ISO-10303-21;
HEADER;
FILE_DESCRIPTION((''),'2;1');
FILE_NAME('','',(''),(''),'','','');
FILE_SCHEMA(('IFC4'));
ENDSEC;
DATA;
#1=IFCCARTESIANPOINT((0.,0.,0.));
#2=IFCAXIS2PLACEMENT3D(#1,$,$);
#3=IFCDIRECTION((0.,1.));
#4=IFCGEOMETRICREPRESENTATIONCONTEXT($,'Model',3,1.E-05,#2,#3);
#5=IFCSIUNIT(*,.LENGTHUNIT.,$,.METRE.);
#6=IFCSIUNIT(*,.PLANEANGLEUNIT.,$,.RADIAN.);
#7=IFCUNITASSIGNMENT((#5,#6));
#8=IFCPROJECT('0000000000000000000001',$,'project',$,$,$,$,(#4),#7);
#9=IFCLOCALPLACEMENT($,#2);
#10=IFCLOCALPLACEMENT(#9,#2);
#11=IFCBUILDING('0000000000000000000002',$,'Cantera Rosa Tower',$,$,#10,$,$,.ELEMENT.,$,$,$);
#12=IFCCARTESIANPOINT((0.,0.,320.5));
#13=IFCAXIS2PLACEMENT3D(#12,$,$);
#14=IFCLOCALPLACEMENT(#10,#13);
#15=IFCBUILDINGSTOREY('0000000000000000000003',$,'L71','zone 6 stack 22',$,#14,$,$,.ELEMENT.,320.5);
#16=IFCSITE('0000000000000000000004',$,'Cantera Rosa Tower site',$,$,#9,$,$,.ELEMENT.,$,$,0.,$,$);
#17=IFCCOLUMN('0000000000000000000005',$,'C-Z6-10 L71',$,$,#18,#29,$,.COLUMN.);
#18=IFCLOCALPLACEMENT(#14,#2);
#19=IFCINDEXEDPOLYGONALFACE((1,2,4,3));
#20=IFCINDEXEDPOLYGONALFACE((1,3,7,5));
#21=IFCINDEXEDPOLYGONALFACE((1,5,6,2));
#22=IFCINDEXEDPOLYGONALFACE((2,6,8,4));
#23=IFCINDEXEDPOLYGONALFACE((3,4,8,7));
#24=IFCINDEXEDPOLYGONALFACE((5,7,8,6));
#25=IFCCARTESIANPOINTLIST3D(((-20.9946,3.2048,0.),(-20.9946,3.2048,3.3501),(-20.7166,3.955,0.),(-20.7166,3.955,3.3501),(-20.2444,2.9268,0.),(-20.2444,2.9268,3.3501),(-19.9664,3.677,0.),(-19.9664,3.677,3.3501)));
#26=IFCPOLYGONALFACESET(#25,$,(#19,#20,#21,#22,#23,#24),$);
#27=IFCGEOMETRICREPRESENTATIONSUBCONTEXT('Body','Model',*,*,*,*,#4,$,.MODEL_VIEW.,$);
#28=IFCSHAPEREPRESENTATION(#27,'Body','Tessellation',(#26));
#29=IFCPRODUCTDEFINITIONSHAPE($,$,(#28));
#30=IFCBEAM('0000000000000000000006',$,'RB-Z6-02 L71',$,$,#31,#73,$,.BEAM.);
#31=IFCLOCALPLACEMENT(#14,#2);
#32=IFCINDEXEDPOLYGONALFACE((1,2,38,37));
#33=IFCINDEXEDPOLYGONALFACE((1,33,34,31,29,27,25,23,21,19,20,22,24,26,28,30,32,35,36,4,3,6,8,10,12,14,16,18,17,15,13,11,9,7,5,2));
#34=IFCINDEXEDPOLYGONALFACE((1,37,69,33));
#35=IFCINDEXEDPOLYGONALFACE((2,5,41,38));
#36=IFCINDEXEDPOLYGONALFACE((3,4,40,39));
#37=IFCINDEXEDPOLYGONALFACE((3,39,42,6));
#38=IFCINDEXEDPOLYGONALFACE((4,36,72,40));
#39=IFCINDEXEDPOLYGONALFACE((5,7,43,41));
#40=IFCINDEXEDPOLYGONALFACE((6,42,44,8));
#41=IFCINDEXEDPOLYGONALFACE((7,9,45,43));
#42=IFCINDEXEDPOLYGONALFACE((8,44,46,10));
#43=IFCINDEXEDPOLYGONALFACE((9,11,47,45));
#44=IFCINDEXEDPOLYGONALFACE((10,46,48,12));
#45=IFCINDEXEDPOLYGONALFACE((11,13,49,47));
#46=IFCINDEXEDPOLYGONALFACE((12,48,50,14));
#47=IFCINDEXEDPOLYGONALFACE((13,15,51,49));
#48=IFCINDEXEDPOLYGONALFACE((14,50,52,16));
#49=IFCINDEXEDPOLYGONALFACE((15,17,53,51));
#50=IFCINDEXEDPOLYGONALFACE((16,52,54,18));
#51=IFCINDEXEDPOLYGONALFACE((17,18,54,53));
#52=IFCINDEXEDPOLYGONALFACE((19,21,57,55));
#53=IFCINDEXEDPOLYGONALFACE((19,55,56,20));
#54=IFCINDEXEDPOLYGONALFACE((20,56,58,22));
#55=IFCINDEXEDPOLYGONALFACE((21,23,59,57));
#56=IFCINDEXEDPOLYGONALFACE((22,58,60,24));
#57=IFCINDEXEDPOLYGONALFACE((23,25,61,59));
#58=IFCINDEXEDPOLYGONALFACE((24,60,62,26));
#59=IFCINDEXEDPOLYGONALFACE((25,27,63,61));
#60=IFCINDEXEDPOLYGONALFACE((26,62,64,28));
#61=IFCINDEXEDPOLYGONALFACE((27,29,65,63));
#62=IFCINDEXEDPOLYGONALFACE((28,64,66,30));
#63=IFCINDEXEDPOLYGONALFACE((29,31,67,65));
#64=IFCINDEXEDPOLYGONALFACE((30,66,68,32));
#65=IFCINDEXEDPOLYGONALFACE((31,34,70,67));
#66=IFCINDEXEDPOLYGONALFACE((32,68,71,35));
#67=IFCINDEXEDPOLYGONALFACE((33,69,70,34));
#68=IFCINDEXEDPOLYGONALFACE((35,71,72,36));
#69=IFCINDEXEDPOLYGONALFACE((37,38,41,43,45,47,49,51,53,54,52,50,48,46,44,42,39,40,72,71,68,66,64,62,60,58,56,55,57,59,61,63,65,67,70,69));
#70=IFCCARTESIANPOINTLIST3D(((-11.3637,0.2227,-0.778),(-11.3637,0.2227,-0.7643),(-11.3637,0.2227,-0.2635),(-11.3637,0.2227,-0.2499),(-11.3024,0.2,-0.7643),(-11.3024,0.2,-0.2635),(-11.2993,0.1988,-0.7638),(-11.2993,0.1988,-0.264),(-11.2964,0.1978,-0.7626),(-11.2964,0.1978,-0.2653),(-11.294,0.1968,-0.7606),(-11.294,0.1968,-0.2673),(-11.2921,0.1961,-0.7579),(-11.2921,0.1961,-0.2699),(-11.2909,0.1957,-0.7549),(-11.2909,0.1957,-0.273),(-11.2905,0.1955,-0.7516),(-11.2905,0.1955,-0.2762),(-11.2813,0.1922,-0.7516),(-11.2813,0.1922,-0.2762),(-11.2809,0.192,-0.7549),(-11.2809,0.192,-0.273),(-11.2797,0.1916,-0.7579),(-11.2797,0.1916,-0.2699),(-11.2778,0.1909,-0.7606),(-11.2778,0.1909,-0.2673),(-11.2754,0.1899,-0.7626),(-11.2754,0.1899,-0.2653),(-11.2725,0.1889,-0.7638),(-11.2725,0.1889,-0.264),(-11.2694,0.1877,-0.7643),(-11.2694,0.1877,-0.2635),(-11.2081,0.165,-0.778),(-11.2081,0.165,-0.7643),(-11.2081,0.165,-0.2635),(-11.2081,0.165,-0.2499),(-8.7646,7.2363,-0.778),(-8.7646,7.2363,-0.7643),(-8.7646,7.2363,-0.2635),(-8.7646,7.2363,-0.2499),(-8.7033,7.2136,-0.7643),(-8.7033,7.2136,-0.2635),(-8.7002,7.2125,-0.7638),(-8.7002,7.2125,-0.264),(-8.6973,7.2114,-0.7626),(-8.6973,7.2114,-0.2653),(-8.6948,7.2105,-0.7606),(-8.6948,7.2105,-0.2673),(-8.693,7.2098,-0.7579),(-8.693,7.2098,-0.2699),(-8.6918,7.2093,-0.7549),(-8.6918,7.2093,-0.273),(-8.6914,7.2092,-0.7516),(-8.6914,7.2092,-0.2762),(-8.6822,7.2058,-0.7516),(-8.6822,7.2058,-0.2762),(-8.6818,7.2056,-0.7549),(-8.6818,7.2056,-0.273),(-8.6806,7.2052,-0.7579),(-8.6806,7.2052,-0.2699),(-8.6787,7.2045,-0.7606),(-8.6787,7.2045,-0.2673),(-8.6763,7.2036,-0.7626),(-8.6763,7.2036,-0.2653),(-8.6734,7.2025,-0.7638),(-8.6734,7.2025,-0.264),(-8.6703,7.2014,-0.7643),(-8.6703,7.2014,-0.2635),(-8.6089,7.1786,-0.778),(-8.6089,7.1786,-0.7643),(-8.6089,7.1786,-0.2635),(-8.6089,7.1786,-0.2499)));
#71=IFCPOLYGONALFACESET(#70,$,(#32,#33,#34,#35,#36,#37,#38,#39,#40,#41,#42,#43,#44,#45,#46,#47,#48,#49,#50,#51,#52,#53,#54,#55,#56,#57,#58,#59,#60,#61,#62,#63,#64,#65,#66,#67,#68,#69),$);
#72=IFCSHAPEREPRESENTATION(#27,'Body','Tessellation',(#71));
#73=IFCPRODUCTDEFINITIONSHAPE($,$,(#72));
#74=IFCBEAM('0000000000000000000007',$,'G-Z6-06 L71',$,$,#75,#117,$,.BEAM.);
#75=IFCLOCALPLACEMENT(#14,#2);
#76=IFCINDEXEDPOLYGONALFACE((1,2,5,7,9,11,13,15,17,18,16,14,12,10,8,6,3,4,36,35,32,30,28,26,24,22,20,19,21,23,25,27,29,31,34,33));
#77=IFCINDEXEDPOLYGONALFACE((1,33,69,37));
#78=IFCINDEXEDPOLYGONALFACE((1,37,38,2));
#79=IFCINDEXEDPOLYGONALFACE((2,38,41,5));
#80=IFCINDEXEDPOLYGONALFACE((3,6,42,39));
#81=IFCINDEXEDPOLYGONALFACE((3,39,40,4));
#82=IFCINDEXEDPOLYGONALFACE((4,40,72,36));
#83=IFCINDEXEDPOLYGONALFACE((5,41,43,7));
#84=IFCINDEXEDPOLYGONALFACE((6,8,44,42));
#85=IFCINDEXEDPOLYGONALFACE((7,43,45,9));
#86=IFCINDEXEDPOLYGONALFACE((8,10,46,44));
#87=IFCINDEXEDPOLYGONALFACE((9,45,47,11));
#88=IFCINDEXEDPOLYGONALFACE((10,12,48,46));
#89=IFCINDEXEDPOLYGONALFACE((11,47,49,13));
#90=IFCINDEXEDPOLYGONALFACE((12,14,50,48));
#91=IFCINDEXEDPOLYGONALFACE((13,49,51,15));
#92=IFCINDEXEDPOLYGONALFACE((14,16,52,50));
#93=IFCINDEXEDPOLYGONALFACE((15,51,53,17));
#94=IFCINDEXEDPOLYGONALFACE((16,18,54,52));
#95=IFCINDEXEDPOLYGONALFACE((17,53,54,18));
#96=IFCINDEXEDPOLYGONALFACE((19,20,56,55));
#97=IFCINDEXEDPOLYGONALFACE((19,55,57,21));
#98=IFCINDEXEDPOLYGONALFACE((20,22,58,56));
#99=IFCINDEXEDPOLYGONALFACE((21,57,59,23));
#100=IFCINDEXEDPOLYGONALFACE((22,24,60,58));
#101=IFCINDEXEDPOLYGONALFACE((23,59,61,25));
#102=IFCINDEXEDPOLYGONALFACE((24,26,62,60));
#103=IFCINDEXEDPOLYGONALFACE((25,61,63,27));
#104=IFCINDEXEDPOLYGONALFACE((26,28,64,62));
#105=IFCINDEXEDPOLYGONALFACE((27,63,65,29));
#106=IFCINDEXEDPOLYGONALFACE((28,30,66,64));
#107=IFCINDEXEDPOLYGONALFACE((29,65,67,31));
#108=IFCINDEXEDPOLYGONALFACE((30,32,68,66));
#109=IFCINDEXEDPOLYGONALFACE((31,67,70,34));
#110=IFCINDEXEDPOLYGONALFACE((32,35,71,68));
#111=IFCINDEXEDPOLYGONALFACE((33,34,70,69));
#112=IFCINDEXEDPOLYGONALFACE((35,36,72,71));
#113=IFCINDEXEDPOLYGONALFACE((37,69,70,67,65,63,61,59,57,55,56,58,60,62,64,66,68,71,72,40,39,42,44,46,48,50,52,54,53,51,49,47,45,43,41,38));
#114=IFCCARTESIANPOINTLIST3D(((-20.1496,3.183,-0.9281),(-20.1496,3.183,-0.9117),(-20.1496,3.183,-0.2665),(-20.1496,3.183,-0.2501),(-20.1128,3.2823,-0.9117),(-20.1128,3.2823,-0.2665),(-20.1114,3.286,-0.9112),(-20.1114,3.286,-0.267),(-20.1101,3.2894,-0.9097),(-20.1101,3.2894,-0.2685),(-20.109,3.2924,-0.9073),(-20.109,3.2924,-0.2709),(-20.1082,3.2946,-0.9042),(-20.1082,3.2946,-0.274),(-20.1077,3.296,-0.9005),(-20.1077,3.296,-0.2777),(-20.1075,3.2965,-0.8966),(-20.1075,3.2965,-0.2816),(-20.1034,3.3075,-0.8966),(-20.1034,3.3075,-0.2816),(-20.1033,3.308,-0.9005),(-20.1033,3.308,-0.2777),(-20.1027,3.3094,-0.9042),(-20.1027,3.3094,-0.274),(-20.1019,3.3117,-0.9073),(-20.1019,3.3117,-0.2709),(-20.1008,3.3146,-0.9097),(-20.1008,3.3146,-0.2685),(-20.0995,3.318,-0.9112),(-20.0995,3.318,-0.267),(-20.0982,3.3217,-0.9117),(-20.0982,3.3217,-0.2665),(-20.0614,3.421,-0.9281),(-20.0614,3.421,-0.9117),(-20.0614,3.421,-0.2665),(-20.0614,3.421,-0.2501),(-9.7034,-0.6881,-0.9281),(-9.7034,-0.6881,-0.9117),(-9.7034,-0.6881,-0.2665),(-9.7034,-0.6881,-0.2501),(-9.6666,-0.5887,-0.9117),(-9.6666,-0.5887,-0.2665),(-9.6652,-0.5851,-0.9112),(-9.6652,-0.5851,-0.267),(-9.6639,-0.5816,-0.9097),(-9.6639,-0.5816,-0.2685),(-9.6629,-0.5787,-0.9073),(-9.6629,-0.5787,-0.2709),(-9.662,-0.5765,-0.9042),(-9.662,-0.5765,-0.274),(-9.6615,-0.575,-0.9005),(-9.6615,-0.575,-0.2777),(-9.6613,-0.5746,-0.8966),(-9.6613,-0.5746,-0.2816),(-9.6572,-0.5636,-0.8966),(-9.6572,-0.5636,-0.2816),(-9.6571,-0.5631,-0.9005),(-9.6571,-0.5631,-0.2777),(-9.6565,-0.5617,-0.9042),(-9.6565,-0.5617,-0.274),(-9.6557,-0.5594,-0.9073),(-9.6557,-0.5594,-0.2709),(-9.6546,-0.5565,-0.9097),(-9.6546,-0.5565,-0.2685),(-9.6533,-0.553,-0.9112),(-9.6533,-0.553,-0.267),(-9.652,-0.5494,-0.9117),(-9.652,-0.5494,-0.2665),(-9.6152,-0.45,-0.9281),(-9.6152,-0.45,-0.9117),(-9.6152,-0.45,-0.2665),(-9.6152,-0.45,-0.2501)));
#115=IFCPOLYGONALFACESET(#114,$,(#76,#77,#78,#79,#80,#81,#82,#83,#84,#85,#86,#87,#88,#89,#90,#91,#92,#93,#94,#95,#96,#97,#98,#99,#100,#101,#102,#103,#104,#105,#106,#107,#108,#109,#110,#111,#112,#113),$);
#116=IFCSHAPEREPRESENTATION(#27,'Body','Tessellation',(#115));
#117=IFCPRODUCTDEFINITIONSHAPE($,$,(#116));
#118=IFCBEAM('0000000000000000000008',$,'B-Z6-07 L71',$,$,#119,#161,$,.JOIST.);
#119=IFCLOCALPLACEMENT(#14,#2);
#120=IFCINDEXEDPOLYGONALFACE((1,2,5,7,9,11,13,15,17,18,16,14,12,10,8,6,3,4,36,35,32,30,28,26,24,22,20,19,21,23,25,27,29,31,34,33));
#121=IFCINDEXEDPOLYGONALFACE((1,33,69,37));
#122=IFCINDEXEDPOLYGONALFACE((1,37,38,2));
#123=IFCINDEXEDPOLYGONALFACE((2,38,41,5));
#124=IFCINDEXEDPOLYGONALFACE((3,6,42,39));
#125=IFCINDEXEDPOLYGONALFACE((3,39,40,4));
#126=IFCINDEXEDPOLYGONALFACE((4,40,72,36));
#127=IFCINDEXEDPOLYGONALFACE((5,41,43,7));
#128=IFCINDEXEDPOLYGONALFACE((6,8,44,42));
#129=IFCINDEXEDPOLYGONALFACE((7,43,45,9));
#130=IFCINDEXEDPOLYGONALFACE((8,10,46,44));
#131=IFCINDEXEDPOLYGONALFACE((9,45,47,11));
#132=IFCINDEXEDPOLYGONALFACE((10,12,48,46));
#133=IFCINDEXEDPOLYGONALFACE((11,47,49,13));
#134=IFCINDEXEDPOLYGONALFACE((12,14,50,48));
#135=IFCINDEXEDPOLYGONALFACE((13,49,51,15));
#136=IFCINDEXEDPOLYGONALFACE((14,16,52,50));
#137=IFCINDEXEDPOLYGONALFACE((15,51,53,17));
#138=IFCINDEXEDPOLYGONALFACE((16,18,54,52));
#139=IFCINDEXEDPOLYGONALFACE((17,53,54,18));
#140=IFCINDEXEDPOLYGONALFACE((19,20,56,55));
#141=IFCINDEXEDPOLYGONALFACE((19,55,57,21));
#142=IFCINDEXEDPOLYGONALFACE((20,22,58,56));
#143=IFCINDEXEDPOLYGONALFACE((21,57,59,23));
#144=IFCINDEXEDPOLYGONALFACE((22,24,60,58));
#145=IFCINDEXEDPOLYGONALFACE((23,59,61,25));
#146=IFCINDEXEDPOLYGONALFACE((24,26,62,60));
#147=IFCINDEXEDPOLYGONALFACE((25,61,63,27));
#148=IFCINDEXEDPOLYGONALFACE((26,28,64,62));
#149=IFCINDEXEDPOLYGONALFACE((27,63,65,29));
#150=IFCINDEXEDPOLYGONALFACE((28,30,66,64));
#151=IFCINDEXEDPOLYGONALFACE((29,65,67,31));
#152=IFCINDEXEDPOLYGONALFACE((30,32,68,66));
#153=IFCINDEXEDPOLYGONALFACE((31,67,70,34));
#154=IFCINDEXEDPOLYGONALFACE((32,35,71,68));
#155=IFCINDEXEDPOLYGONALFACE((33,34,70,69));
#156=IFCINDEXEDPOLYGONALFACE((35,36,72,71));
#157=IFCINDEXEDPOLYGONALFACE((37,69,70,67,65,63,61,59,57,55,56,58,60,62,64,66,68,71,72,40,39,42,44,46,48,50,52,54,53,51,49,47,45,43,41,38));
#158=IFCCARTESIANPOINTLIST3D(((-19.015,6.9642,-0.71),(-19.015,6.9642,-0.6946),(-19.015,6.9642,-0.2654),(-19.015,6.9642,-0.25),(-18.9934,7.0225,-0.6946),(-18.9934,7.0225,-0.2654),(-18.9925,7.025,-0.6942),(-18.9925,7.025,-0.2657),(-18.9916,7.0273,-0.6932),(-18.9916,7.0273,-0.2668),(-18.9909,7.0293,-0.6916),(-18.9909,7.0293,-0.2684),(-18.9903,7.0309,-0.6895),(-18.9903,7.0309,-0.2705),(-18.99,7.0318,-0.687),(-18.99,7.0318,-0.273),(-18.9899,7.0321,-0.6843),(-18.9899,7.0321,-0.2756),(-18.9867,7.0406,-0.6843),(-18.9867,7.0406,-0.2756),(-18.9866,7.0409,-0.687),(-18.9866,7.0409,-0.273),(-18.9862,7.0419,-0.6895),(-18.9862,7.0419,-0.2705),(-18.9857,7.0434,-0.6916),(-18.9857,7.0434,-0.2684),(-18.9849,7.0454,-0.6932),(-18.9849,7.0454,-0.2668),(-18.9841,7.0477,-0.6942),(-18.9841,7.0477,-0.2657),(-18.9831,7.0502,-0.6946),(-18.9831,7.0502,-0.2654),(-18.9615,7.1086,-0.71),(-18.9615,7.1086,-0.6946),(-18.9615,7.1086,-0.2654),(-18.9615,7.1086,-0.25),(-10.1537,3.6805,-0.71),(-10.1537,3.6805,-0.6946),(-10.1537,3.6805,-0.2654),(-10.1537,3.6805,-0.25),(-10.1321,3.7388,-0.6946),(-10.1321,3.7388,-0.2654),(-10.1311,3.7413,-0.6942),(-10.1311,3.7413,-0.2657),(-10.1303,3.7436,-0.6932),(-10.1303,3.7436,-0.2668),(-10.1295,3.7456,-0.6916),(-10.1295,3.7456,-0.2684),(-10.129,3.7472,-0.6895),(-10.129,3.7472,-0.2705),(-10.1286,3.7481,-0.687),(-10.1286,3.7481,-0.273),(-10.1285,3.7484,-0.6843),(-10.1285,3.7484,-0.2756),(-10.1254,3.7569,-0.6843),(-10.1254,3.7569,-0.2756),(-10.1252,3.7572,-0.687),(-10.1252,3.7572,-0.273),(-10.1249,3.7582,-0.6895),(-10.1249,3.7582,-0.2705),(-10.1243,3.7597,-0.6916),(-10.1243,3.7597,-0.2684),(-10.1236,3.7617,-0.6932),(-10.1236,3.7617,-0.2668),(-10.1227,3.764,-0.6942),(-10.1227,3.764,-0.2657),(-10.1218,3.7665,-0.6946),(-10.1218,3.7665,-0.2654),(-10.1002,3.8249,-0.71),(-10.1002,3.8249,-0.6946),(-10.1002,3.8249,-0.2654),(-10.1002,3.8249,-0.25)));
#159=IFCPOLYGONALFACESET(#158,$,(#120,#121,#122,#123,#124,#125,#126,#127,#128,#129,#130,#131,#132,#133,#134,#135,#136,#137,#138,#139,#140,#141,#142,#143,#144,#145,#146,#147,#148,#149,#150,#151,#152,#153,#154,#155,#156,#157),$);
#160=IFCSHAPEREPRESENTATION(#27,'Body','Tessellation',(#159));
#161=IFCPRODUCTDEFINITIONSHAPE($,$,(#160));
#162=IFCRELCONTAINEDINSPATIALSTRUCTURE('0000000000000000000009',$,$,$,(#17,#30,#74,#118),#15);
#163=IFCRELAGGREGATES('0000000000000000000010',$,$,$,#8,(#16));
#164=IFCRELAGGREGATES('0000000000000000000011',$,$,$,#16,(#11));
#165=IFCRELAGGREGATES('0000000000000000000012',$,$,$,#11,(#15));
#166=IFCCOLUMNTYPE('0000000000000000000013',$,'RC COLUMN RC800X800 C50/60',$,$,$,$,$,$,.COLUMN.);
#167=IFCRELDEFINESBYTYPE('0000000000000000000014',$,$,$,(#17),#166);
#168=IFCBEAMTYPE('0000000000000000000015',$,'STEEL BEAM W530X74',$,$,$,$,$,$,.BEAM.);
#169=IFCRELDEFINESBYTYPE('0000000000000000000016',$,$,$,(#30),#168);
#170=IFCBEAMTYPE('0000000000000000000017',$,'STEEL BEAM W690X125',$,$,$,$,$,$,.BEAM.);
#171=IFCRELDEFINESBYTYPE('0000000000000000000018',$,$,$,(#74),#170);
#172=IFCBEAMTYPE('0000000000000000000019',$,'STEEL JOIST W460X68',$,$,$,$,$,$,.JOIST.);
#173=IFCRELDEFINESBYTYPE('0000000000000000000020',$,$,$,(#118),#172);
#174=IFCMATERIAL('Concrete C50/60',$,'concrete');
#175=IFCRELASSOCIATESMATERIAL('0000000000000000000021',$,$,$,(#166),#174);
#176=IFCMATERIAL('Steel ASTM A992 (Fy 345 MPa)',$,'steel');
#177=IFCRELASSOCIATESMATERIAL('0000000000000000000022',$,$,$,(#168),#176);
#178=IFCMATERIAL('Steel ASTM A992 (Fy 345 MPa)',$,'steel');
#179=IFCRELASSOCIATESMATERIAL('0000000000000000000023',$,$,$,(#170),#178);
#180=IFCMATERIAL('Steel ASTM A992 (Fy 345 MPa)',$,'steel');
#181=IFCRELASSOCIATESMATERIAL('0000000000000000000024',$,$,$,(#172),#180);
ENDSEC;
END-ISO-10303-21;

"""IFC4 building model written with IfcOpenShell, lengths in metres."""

from ifc_helpers import new_model, si_unit, direction, frame, origin, origin_2d, place, context, subcontext, project, spatial, rectangle, i_section, extrude, material, material_profile, profile_set, type_object, element, save


model = new_model("IFC4")

# Units and contexts
model_context = context("Model", 3, precision=1e-05, world=origin(), true_north=direction((0.0, 1.0)))
body_context = subcontext(model_context, "Body", "Model", "MODEL_VIEW")
ifc_project = project(units=[si_unit("LENGTHUNIT", "METRE"), si_unit("PLANEANGLEUNIT", "RADIAN")], contexts=[model_context])

# Site, building, storey
site_placement = place(None, origin())
site = spatial("IfcSite", under=ifc_project, at=site_placement, Name="Cantera Rosa Tower site", CompositionType="ELEMENT", RefElevation=0.0)
building_placement = place(site_placement, origin())
building = spatial("IfcBuilding", under=site, at=building_placement, Name="Cantera Rosa Tower", CompositionType="ELEMENT")
storey_placement = place(building_placement, frame((0.0, 0.0, 320.5)))
storey = spatial("IfcBuildingStorey", under=building, at=storey_placement, Name="L71", Description="zone 6 stack 22", CompositionType="ELEMENT", Elevation=320.5)

# Column
ifc_material_1 = material(Name="Concrete C50/60", Category="concrete")
ifc_material_profile_1 = material_profile(ifc_material_1, rectangle(XDim=0.8, YDim=0.8, at=origin_2d()), Name="RC COLUMN RC800X800 C50/60")
ifc_profile_set_1 = profile_set([ifc_material_profile_1], Name="Concrete C50/60")
column_type = type_object("IfcColumnType", Name="RC COLUMN RC800X800 C50/60", PredefinedType="COLUMN", material=ifc_profile_set_1)
column_placement = place(storey_placement, frame((-20.4805, 3.4409, 0.0), z_axis=(0.0, 0.0, 1.0), x_axis=(0.347481, 0.937687, 0.0)))
element("IfcColumn", 1, at=column_placement, inside=storey, type_object=column_type, Name="C-Z6-10 L71", PredefinedType="COLUMN", context=body_context, shape_type="SweptSolid", body=[
    extrude(rectangle(XDim=0.8, YDim=0.8, at=origin_2d()), origin(), (0.0, 0.0, 1.0), 3.3501),
])

# Beams
ifc_material_2 = material(Name="Steel ASTM A992 (Fy 345 MPa)", Category="steel")
ifc_material_profile_2 = material_profile(ifc_material_2, i_section(OverallWidth=0.166, OverallDepth=0.5281, WebThickness=0.0098, FlangeThickness=0.0137, FilletRadius=0.0127, at=origin_2d()), Name="W530X74")
ifc_profile_set_2 = profile_set([ifc_material_profile_2], Name="Steel ASTM A992 (Fy 345 MPa)")
beam_type_1 = type_object("IfcBeamType", Name="STEEL BEAM W530X74", PredefinedType="BEAM", material=ifc_profile_set_2)
beam_1_placement = place(storey_placement, frame((-11.2859, 0.1938, -0.5139), z_axis=(0.347487, 0.937685, 0.0), x_axis=(-0.937685, 0.347487, 0.0)))
element("IfcBeam", 2, at=beam_1_placement, inside=storey, type_object=beam_type_1, Name="RB-Z6-02 L71", PredefinedType="BEAM", context=body_context, shape_type="SweptSolid", body=[
    extrude(i_section(OverallWidth=0.166, OverallDepth=0.5281, WebThickness=0.0098, FlangeThickness=0.0137, FilletRadius=0.0127, at=origin_2d()), origin(), (0.0, 0.0, 1.0), 7.4797),
])
ifc_material_3 = material(Name="Steel ASTM A992 (Fy 345 MPa)", Category="steel")
ifc_material_profile_3 = material_profile(ifc_material_3, i_section(OverallWidth=0.2539, OverallDepth=0.678, WebThickness=0.0117, FlangeThickness=0.0164, FilletRadius=0.0151, at=origin_2d()), Name="W690X125")
ifc_profile_set_3 = profile_set([ifc_material_profile_3], Name="Steel ASTM A992 (Fy 345 MPa)")
beam_type_2 = type_object("IfcBeamType", Name="STEEL BEAM W690X125", PredefinedType="BEAM", material=ifc_profile_set_3)
beam_2_placement = place(storey_placement, frame((-20.1055, 3.302, -0.5891), z_axis=(0.937687, -0.34748, 0.0), x_axis=(0.34748, 0.937687, 0.0)))
element("IfcBeam", 3, at=beam_2_placement, inside=storey, type_object=beam_type_2, Name="G-Z6-06 L71", PredefinedType="BEAM", context=body_context, shape_type="SweptSolid", body=[
    extrude(i_section(OverallWidth=0.2539, OverallDepth=0.678, WebThickness=0.0117, FlangeThickness=0.0164, FilletRadius=0.0151, at=origin_2d()), origin(), (0.0, 0.0, 1.0), 11.1404),
])
ifc_material_4 = material(Name="Steel ASTM A992 (Fy 345 MPa)", Category="steel")
ifc_material_profile_4 = material_profile(ifc_material_4, i_section(OverallWidth=0.1541, OverallDepth=0.46, WebThickness=0.009, FlangeThickness=0.0154, FilletRadius=0.0103, at=origin_2d()), Name="W460X68")
ifc_profile_set_4 = profile_set([ifc_material_profile_4], Name="Steel ASTM A992 (Fy 345 MPa)")
beam_type_3 = type_object("IfcBeamType", Name="STEEL JOIST W460X68", PredefinedType="JOIST", material=ifc_profile_set_4)
for number, where, z_axis, x_axis, name in (
    (4, (-18.9883, 7.0364, -0.48), (0.93769, -0.347474, 0.0), (0.347474, 0.93769, 0.0), "B-Z6-07 L71"),
):
    element("IfcBeam", number, at=place(storey_placement, frame(where, z_axis=z_axis, x_axis=x_axis)), inside=storey, type_object=beam_type_3, Name=name, PredefinedType="JOIST", context=body_context, shape_type="SweptSolid", body=[
        extrude(i_section(OverallWidth=0.1541, OverallDepth=0.46, WebThickness=0.009, FlangeThickness=0.0154, FilletRadius=0.0103, at=origin_2d()), origin(), (0.0, 0.0, 1.0), 9.4502),
    ])

save(model, "model.ifc")
